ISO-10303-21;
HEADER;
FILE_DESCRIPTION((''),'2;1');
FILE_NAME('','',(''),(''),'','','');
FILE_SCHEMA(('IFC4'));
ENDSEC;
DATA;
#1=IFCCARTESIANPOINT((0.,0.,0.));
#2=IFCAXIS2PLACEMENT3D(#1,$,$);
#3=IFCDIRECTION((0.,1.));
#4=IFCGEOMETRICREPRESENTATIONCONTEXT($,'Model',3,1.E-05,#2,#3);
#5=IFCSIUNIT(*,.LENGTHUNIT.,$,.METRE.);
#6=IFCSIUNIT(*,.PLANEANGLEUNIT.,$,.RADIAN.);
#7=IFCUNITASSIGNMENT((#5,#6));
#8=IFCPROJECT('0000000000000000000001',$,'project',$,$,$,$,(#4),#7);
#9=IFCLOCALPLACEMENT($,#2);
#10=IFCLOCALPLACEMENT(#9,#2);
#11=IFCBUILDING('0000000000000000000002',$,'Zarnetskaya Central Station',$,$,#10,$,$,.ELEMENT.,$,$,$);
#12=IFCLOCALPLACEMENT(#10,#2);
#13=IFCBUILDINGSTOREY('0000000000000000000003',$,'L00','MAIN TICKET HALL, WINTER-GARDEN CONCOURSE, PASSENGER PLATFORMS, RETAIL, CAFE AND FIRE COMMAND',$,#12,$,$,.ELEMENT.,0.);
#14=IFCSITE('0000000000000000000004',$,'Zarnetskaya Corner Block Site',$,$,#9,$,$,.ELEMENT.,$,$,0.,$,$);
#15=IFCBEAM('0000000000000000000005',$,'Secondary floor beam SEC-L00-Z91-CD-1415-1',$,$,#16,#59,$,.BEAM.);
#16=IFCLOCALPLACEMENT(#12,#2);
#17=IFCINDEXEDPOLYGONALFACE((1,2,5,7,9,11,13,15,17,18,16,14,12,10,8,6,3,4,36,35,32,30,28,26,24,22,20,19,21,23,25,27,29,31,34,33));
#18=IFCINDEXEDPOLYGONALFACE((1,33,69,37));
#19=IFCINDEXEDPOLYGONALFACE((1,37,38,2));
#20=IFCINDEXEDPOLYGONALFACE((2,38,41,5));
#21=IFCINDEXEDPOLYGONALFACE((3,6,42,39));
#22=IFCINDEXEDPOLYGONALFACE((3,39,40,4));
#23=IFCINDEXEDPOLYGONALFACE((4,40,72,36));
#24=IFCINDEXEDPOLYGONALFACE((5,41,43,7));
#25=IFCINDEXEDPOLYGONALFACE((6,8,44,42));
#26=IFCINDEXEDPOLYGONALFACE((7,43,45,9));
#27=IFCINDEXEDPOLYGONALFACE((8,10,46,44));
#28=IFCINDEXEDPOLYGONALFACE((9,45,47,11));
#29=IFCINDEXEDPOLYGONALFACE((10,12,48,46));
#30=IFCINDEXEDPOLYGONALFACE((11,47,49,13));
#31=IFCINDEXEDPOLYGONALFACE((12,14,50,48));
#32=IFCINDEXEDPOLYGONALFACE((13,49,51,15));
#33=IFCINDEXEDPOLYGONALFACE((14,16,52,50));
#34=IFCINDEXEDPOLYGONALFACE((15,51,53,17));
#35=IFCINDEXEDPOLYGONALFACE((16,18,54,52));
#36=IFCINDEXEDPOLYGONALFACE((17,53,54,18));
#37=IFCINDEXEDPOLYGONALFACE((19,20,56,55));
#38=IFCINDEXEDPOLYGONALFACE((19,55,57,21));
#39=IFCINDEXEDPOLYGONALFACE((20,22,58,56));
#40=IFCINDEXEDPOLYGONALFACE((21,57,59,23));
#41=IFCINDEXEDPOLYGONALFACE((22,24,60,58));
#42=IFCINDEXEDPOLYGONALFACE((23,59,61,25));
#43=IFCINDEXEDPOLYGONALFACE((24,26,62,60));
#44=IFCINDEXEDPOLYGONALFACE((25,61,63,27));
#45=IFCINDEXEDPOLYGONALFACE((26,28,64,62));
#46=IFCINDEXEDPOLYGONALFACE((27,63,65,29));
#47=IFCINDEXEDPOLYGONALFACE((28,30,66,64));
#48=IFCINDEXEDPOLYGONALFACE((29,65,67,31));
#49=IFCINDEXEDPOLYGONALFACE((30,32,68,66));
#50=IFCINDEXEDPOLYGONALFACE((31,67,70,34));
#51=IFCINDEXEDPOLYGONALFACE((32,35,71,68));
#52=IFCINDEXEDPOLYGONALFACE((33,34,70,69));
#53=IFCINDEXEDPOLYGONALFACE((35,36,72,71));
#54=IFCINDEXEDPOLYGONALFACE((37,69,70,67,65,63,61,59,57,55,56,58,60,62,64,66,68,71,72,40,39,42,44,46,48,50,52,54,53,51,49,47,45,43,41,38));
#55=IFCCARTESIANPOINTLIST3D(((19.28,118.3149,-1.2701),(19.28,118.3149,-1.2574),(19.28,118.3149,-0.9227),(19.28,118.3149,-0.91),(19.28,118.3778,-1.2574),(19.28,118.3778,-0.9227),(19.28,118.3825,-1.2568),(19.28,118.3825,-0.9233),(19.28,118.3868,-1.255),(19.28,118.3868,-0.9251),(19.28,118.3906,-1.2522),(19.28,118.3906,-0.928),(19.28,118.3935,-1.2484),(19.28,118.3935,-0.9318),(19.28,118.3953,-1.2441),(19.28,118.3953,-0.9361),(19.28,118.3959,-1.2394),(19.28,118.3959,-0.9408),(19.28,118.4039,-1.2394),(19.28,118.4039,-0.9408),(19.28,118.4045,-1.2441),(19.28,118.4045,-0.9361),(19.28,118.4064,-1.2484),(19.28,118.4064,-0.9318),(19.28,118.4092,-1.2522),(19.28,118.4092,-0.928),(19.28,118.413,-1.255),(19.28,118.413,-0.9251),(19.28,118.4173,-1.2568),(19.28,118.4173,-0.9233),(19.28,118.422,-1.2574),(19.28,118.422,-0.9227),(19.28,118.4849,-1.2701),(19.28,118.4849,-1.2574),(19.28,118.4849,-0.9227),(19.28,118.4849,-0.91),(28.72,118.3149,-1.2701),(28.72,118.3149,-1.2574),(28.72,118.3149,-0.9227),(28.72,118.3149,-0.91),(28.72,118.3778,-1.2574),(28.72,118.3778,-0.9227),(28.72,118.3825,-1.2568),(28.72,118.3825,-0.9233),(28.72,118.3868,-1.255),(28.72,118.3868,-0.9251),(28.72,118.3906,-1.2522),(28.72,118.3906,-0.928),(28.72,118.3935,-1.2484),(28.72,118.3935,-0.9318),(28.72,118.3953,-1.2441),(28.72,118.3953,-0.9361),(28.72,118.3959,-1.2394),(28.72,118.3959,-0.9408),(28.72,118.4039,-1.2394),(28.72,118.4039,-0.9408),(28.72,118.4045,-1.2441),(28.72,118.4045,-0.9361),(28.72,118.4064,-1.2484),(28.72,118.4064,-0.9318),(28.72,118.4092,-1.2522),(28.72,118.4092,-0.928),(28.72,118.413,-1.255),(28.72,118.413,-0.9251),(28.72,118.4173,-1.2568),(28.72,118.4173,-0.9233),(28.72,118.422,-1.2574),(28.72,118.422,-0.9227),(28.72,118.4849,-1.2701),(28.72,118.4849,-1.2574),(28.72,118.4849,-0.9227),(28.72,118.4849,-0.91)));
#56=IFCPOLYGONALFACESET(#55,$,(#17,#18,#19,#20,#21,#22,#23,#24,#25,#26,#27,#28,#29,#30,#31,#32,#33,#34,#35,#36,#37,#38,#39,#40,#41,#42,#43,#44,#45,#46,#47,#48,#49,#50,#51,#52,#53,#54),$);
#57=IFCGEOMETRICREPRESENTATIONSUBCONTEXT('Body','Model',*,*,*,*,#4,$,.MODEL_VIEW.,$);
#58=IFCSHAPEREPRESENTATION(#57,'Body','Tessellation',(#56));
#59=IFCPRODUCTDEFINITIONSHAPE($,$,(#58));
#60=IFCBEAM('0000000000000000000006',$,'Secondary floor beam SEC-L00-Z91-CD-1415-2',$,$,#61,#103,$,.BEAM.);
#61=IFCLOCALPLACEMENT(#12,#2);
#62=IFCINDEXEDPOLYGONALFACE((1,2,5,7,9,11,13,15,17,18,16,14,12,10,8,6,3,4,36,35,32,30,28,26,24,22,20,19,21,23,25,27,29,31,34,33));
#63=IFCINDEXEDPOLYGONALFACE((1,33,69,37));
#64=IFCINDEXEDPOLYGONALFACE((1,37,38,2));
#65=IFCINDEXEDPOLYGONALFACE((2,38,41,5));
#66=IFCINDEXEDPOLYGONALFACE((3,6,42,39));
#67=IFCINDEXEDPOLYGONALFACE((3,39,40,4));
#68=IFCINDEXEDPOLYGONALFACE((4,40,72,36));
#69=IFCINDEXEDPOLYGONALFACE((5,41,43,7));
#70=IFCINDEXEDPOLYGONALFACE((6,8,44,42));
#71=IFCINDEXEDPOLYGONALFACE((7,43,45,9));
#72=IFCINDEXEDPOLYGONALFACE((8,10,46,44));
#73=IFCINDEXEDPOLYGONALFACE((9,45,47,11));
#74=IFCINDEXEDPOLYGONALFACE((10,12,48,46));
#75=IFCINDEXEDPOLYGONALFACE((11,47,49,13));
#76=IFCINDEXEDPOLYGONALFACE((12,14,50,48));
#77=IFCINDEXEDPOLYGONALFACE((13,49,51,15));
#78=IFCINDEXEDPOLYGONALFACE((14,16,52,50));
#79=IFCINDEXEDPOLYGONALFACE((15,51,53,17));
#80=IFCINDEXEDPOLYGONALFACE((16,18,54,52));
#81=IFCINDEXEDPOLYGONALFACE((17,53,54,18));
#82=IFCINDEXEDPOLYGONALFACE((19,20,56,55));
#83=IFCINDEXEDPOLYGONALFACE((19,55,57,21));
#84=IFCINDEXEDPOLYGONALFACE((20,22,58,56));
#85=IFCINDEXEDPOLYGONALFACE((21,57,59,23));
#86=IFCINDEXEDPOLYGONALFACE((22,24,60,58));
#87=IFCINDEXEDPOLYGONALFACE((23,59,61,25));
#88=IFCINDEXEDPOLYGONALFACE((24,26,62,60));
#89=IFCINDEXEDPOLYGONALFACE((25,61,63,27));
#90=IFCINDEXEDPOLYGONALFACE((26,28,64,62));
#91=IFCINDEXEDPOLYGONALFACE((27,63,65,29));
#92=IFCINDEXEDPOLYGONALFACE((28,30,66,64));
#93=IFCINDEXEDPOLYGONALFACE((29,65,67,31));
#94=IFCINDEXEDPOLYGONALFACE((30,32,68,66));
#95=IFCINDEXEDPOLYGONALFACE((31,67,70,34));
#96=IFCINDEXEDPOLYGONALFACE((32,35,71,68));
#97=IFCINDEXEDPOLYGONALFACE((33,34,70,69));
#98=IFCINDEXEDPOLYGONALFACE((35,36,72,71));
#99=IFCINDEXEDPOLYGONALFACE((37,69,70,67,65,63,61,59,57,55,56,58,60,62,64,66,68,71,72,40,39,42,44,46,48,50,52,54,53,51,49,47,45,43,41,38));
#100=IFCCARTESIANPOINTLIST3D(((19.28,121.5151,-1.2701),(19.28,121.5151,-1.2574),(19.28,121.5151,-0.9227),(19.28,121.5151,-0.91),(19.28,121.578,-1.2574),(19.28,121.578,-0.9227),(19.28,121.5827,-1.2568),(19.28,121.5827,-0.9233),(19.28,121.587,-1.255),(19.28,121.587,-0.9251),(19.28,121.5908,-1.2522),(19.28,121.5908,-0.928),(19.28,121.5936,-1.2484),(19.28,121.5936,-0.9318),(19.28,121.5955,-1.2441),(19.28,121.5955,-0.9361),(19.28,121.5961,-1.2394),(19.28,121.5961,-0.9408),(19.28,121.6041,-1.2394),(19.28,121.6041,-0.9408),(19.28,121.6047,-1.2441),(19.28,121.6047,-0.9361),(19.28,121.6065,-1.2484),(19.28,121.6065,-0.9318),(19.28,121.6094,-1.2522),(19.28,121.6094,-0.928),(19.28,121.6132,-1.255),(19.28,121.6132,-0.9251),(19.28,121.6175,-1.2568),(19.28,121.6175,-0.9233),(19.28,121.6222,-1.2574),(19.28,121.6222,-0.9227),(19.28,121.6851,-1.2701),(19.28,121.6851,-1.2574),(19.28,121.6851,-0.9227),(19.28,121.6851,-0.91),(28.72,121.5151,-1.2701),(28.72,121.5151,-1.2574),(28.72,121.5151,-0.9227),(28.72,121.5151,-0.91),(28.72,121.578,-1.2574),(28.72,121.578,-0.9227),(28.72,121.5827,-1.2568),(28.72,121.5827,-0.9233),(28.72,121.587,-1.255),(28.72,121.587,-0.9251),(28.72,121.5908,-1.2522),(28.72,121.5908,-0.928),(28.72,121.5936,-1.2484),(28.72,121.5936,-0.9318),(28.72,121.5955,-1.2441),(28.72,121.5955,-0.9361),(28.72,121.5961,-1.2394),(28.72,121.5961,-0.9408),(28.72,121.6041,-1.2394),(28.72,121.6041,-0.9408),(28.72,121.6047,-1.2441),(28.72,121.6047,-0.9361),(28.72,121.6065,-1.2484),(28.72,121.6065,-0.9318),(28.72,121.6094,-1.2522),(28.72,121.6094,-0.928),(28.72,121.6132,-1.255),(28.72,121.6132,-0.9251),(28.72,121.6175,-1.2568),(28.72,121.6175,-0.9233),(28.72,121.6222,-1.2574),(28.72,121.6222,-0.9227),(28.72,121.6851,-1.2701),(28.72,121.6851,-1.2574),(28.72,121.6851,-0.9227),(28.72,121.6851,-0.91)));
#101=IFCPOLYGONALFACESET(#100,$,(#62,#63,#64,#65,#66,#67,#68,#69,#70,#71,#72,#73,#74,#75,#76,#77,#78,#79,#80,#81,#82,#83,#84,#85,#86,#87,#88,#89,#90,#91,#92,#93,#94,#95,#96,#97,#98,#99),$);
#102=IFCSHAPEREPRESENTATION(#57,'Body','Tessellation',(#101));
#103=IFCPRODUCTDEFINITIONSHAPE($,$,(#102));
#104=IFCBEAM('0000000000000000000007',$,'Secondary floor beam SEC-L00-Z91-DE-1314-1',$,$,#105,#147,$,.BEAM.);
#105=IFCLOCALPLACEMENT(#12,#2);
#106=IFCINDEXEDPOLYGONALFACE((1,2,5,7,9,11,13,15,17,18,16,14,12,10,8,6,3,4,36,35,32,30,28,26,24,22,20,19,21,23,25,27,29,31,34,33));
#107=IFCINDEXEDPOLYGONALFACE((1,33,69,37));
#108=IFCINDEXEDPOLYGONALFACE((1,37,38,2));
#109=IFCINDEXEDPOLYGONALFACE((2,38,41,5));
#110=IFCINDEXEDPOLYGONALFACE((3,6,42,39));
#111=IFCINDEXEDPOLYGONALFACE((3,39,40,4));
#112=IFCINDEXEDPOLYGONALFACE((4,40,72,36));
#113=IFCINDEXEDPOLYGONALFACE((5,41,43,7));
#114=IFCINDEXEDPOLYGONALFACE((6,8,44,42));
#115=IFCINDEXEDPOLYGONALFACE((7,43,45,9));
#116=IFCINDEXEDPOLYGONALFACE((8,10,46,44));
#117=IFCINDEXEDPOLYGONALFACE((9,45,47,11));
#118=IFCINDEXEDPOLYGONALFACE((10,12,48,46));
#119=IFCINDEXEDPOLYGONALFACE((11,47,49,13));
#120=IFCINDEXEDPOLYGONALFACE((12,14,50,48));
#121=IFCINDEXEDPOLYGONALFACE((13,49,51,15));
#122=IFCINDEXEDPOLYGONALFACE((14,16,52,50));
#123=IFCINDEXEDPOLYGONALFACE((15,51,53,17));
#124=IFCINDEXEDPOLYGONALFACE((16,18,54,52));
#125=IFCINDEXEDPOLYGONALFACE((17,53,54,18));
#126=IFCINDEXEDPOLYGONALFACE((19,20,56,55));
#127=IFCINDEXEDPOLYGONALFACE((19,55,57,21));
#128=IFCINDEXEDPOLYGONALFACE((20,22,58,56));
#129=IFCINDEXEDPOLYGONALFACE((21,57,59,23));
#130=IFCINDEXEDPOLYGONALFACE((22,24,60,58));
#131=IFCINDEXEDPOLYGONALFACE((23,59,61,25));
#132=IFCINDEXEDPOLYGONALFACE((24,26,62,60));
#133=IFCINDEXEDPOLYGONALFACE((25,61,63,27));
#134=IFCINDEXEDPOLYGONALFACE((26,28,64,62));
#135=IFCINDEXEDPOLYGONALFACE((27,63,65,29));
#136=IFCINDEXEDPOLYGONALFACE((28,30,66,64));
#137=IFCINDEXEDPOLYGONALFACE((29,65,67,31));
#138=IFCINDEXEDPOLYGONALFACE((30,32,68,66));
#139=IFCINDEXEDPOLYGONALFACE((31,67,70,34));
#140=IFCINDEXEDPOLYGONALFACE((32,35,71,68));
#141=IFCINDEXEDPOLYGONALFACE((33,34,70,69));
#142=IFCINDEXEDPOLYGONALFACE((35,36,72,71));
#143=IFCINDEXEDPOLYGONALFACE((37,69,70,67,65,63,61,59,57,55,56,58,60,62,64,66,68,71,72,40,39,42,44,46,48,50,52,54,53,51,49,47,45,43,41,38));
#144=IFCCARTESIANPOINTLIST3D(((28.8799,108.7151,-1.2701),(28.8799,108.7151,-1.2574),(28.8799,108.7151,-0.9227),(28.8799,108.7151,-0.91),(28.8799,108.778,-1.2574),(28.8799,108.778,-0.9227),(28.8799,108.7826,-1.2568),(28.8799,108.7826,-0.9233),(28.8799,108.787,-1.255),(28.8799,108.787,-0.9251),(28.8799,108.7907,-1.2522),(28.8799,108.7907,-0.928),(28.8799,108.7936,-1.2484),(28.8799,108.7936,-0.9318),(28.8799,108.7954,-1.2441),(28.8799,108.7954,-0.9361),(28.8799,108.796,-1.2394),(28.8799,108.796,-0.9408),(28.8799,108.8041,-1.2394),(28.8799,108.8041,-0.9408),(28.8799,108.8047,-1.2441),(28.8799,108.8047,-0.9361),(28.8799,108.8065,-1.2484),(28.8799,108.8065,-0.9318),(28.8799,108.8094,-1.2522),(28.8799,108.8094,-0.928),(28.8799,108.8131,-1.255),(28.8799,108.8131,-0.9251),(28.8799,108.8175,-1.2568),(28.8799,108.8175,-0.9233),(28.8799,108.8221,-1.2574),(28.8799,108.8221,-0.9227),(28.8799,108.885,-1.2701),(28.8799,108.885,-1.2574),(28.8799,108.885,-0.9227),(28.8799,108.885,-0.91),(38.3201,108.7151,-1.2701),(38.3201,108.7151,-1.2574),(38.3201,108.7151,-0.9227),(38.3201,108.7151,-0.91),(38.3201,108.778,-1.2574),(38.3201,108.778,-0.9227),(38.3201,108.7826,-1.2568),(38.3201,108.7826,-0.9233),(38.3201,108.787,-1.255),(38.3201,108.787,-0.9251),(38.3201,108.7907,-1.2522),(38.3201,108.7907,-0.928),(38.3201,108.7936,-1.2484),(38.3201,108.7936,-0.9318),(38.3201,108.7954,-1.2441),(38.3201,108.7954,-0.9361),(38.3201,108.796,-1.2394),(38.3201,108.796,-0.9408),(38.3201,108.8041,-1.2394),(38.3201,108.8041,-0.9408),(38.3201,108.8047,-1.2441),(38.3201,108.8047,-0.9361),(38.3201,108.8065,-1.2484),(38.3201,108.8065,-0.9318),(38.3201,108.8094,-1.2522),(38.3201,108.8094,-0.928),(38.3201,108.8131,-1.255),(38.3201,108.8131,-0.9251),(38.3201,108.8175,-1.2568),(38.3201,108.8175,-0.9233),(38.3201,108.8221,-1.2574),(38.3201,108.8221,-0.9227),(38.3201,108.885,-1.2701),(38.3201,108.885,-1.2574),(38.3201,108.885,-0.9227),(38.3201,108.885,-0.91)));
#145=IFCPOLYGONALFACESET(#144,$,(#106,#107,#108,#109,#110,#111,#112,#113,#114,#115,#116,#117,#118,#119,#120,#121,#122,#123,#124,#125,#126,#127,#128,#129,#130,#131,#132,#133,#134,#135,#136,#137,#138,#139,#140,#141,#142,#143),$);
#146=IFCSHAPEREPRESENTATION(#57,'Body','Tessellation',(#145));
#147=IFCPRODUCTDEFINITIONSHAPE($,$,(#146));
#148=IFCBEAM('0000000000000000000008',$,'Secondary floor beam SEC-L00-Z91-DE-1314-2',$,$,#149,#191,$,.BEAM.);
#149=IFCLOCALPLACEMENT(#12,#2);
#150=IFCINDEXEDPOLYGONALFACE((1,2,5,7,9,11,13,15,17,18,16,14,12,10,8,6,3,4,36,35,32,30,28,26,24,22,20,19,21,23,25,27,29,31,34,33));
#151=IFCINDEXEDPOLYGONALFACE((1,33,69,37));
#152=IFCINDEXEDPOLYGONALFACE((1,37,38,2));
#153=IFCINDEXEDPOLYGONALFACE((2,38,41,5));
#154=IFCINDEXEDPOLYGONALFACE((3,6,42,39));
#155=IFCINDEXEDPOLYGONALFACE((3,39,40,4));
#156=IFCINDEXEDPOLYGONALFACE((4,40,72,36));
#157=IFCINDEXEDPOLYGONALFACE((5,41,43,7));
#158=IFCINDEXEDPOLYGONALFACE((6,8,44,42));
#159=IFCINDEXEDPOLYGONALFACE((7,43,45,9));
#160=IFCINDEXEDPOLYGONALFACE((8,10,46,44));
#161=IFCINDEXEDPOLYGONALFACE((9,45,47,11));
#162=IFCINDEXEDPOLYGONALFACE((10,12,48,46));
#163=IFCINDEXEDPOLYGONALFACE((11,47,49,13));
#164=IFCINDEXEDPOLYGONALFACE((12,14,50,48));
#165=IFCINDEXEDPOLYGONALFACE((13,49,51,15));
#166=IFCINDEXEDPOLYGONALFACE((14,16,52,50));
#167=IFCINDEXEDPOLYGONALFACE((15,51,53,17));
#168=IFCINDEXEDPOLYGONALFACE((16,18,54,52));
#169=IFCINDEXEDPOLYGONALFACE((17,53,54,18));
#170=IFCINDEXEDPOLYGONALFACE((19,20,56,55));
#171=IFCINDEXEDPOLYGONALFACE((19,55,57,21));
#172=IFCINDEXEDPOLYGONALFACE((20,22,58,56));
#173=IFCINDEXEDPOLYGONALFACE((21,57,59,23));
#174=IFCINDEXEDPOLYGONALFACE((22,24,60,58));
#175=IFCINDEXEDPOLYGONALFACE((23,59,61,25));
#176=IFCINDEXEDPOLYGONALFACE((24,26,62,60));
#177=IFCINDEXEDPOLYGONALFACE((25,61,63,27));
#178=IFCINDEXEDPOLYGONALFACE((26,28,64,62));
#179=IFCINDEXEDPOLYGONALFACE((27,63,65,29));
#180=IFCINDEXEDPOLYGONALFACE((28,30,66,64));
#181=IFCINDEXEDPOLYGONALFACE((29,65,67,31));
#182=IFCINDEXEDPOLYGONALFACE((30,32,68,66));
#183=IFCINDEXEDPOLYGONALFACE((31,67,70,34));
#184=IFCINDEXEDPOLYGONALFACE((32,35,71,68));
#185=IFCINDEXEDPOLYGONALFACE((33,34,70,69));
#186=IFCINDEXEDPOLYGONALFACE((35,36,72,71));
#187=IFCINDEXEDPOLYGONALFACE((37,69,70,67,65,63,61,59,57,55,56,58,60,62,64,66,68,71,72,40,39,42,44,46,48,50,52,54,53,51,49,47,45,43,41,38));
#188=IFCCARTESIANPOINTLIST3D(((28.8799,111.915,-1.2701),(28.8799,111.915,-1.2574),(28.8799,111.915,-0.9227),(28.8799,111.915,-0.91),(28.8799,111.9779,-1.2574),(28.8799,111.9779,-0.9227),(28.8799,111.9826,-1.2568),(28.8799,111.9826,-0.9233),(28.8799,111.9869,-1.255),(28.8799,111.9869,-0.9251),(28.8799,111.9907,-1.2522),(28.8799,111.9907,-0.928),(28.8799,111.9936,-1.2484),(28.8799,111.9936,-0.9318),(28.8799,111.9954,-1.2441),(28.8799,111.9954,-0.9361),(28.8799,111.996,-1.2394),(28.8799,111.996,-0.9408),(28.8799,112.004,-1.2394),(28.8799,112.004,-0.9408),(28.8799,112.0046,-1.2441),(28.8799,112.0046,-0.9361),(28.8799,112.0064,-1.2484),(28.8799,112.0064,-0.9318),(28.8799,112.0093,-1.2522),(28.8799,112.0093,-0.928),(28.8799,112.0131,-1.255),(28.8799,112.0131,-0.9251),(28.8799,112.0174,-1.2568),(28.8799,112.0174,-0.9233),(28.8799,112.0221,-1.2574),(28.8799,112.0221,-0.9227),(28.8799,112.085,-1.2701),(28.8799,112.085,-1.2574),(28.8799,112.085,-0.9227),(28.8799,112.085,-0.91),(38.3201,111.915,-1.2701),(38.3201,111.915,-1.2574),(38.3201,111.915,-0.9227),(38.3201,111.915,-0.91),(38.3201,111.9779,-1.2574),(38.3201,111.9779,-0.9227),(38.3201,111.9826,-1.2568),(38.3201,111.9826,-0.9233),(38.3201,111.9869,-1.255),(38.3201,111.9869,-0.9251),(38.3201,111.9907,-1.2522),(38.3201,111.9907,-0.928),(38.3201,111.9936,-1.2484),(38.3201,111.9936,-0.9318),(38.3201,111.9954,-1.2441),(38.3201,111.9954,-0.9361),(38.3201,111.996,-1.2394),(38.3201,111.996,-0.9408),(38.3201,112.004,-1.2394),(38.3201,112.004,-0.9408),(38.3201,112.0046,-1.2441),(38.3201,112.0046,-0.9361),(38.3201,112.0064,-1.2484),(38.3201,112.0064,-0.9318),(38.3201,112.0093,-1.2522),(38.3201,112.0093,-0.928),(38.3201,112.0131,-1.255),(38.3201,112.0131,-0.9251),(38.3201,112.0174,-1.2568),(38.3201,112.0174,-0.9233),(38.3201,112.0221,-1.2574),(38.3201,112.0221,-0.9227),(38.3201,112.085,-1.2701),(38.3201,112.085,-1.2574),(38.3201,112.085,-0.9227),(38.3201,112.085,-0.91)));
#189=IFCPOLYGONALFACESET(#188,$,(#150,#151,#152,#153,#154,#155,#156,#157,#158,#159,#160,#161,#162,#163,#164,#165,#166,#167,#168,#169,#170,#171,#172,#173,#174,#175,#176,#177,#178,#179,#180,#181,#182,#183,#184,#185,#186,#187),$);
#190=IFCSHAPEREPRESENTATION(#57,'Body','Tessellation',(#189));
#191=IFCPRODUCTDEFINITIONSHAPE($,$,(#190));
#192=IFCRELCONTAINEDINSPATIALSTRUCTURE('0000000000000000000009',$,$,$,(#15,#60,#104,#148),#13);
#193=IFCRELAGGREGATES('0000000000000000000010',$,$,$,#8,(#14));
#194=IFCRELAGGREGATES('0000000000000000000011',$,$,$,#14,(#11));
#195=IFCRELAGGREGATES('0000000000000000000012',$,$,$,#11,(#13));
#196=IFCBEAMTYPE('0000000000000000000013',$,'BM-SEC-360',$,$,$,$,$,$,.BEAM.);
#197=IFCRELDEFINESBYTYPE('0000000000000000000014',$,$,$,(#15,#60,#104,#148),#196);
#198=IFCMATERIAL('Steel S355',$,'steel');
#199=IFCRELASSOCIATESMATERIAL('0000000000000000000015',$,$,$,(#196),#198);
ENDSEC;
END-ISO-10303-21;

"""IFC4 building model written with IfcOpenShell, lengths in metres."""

from ifc_helpers import new_model, si_unit, direction, frame, origin, origin_2d, place, context, subcontext, project, spatial, i_section, extrude, material, material_profile, profile_set, type_object, element, save


model = new_model("IFC4")

# Units and contexts
model_context = context("Model", 3, precision=1e-05, world=origin(), true_north=direction((0.0, 1.0)))
body_context = subcontext(model_context, "Body", "Model", "MODEL_VIEW")
ifc_project = project(units=[si_unit("LENGTHUNIT", "METRE"), si_unit("PLANEANGLEUNIT", "RADIAN")], contexts=[model_context])

# Site, building, storey
site_placement = place(None, origin())
site = spatial("IfcSite", under=ifc_project, at=site_placement, Name="Zarnetskaya Corner Block Site", CompositionType="ELEMENT", RefElevation=0.0)
building_placement = place(site_placement, origin())
building = spatial("IfcBuilding", under=site, at=building_placement, Name="Zarnetskaya Central Station", CompositionType="ELEMENT")
storey_placement = place(building_placement, origin())
storey = spatial("IfcBuildingStorey", under=building, at=storey_placement, Name="L00", Description="MAIN TICKET HALL, WINTER-GARDEN CONCOURSE, PASSENGER PLATFORMS, RETAIL, CAFE AND FIRE COMMAND", CompositionType="ELEMENT", Elevation=0.0)

# Shared definitions
ifc_material = material(Name="Steel S355", Category="steel")

# Beams
ifc_material_profile_1 = material_profile(ifc_material, i_section(OverallWidth=0.1699, OverallDepth=0.3601, WebThickness=0.0081, FlangeThickness=0.0127, FilletRadius=0.0181, at=origin_2d()), Name="IPE 360")
ifc_profile_set_1 = profile_set([ifc_material_profile_1], Name="Steel S355")
beam_type_1 = type_object("IfcBeamType", Name="BM-SEC-360", PredefinedType="BEAM", material=ifc_profile_set_1)
for number, where, z_axis, x_axis, name in (
    (1, (19.28, 118.3999, -1.0901), (1.0, 0.0, 0.0), (0.0, 1.0, 0.0), "Secondary floor beam SEC-L00-Z91-CD-1415-1"),
    (2, (19.28, 121.6001, -1.0901), (1.0, 0.0, 0.0), (0.0, 1.0, 0.0), "Secondary floor beam SEC-L00-Z91-CD-1415-2"),
):
    element("IfcBeam", number, at=place(storey_placement, frame(where, z_axis=z_axis, x_axis=x_axis)), inside=storey, type_object=beam_type_1, Name=name, PredefinedType="BEAM", context=body_context, shape_type="SweptSolid", body=[
        extrude(i_section(OverallWidth=0.1699, OverallDepth=0.3601, WebThickness=0.0081, FlangeThickness=0.0127, FilletRadius=0.0181, at=origin_2d()), origin(), (0.0, 0.0, 1.0), 9.4399),
    ])
for number, where, z_axis, x_axis, name in (
    (3, (28.8799, 108.8, -1.0901), (1.0, 0.0, 0.0), (0.0, 1.0, 0.0), "Secondary floor beam SEC-L00-Z91-DE-1314-1"),
    (4, (28.8799, 112.0, -1.0901), (1.0, 0.0, 0.0), (0.0, 1.0, 0.0), "Secondary floor beam SEC-L00-Z91-DE-1314-2"),
):
    element("IfcBeam", number, at=place(storey_placement, frame(where, z_axis=z_axis, x_axis=x_axis)), inside=storey, type_object=beam_type_1, Name=name, PredefinedType="BEAM", context=body_context, shape_type="SweptSolid", body=[
        extrude(i_section(OverallWidth=0.1699, OverallDepth=0.3601, WebThickness=0.0081, FlangeThickness=0.0127, FilletRadius=0.0181, at=origin_2d()), origin(), (0.0, 0.0, 1.0), 9.4402),
    ])

save(model, "model.ifc")
